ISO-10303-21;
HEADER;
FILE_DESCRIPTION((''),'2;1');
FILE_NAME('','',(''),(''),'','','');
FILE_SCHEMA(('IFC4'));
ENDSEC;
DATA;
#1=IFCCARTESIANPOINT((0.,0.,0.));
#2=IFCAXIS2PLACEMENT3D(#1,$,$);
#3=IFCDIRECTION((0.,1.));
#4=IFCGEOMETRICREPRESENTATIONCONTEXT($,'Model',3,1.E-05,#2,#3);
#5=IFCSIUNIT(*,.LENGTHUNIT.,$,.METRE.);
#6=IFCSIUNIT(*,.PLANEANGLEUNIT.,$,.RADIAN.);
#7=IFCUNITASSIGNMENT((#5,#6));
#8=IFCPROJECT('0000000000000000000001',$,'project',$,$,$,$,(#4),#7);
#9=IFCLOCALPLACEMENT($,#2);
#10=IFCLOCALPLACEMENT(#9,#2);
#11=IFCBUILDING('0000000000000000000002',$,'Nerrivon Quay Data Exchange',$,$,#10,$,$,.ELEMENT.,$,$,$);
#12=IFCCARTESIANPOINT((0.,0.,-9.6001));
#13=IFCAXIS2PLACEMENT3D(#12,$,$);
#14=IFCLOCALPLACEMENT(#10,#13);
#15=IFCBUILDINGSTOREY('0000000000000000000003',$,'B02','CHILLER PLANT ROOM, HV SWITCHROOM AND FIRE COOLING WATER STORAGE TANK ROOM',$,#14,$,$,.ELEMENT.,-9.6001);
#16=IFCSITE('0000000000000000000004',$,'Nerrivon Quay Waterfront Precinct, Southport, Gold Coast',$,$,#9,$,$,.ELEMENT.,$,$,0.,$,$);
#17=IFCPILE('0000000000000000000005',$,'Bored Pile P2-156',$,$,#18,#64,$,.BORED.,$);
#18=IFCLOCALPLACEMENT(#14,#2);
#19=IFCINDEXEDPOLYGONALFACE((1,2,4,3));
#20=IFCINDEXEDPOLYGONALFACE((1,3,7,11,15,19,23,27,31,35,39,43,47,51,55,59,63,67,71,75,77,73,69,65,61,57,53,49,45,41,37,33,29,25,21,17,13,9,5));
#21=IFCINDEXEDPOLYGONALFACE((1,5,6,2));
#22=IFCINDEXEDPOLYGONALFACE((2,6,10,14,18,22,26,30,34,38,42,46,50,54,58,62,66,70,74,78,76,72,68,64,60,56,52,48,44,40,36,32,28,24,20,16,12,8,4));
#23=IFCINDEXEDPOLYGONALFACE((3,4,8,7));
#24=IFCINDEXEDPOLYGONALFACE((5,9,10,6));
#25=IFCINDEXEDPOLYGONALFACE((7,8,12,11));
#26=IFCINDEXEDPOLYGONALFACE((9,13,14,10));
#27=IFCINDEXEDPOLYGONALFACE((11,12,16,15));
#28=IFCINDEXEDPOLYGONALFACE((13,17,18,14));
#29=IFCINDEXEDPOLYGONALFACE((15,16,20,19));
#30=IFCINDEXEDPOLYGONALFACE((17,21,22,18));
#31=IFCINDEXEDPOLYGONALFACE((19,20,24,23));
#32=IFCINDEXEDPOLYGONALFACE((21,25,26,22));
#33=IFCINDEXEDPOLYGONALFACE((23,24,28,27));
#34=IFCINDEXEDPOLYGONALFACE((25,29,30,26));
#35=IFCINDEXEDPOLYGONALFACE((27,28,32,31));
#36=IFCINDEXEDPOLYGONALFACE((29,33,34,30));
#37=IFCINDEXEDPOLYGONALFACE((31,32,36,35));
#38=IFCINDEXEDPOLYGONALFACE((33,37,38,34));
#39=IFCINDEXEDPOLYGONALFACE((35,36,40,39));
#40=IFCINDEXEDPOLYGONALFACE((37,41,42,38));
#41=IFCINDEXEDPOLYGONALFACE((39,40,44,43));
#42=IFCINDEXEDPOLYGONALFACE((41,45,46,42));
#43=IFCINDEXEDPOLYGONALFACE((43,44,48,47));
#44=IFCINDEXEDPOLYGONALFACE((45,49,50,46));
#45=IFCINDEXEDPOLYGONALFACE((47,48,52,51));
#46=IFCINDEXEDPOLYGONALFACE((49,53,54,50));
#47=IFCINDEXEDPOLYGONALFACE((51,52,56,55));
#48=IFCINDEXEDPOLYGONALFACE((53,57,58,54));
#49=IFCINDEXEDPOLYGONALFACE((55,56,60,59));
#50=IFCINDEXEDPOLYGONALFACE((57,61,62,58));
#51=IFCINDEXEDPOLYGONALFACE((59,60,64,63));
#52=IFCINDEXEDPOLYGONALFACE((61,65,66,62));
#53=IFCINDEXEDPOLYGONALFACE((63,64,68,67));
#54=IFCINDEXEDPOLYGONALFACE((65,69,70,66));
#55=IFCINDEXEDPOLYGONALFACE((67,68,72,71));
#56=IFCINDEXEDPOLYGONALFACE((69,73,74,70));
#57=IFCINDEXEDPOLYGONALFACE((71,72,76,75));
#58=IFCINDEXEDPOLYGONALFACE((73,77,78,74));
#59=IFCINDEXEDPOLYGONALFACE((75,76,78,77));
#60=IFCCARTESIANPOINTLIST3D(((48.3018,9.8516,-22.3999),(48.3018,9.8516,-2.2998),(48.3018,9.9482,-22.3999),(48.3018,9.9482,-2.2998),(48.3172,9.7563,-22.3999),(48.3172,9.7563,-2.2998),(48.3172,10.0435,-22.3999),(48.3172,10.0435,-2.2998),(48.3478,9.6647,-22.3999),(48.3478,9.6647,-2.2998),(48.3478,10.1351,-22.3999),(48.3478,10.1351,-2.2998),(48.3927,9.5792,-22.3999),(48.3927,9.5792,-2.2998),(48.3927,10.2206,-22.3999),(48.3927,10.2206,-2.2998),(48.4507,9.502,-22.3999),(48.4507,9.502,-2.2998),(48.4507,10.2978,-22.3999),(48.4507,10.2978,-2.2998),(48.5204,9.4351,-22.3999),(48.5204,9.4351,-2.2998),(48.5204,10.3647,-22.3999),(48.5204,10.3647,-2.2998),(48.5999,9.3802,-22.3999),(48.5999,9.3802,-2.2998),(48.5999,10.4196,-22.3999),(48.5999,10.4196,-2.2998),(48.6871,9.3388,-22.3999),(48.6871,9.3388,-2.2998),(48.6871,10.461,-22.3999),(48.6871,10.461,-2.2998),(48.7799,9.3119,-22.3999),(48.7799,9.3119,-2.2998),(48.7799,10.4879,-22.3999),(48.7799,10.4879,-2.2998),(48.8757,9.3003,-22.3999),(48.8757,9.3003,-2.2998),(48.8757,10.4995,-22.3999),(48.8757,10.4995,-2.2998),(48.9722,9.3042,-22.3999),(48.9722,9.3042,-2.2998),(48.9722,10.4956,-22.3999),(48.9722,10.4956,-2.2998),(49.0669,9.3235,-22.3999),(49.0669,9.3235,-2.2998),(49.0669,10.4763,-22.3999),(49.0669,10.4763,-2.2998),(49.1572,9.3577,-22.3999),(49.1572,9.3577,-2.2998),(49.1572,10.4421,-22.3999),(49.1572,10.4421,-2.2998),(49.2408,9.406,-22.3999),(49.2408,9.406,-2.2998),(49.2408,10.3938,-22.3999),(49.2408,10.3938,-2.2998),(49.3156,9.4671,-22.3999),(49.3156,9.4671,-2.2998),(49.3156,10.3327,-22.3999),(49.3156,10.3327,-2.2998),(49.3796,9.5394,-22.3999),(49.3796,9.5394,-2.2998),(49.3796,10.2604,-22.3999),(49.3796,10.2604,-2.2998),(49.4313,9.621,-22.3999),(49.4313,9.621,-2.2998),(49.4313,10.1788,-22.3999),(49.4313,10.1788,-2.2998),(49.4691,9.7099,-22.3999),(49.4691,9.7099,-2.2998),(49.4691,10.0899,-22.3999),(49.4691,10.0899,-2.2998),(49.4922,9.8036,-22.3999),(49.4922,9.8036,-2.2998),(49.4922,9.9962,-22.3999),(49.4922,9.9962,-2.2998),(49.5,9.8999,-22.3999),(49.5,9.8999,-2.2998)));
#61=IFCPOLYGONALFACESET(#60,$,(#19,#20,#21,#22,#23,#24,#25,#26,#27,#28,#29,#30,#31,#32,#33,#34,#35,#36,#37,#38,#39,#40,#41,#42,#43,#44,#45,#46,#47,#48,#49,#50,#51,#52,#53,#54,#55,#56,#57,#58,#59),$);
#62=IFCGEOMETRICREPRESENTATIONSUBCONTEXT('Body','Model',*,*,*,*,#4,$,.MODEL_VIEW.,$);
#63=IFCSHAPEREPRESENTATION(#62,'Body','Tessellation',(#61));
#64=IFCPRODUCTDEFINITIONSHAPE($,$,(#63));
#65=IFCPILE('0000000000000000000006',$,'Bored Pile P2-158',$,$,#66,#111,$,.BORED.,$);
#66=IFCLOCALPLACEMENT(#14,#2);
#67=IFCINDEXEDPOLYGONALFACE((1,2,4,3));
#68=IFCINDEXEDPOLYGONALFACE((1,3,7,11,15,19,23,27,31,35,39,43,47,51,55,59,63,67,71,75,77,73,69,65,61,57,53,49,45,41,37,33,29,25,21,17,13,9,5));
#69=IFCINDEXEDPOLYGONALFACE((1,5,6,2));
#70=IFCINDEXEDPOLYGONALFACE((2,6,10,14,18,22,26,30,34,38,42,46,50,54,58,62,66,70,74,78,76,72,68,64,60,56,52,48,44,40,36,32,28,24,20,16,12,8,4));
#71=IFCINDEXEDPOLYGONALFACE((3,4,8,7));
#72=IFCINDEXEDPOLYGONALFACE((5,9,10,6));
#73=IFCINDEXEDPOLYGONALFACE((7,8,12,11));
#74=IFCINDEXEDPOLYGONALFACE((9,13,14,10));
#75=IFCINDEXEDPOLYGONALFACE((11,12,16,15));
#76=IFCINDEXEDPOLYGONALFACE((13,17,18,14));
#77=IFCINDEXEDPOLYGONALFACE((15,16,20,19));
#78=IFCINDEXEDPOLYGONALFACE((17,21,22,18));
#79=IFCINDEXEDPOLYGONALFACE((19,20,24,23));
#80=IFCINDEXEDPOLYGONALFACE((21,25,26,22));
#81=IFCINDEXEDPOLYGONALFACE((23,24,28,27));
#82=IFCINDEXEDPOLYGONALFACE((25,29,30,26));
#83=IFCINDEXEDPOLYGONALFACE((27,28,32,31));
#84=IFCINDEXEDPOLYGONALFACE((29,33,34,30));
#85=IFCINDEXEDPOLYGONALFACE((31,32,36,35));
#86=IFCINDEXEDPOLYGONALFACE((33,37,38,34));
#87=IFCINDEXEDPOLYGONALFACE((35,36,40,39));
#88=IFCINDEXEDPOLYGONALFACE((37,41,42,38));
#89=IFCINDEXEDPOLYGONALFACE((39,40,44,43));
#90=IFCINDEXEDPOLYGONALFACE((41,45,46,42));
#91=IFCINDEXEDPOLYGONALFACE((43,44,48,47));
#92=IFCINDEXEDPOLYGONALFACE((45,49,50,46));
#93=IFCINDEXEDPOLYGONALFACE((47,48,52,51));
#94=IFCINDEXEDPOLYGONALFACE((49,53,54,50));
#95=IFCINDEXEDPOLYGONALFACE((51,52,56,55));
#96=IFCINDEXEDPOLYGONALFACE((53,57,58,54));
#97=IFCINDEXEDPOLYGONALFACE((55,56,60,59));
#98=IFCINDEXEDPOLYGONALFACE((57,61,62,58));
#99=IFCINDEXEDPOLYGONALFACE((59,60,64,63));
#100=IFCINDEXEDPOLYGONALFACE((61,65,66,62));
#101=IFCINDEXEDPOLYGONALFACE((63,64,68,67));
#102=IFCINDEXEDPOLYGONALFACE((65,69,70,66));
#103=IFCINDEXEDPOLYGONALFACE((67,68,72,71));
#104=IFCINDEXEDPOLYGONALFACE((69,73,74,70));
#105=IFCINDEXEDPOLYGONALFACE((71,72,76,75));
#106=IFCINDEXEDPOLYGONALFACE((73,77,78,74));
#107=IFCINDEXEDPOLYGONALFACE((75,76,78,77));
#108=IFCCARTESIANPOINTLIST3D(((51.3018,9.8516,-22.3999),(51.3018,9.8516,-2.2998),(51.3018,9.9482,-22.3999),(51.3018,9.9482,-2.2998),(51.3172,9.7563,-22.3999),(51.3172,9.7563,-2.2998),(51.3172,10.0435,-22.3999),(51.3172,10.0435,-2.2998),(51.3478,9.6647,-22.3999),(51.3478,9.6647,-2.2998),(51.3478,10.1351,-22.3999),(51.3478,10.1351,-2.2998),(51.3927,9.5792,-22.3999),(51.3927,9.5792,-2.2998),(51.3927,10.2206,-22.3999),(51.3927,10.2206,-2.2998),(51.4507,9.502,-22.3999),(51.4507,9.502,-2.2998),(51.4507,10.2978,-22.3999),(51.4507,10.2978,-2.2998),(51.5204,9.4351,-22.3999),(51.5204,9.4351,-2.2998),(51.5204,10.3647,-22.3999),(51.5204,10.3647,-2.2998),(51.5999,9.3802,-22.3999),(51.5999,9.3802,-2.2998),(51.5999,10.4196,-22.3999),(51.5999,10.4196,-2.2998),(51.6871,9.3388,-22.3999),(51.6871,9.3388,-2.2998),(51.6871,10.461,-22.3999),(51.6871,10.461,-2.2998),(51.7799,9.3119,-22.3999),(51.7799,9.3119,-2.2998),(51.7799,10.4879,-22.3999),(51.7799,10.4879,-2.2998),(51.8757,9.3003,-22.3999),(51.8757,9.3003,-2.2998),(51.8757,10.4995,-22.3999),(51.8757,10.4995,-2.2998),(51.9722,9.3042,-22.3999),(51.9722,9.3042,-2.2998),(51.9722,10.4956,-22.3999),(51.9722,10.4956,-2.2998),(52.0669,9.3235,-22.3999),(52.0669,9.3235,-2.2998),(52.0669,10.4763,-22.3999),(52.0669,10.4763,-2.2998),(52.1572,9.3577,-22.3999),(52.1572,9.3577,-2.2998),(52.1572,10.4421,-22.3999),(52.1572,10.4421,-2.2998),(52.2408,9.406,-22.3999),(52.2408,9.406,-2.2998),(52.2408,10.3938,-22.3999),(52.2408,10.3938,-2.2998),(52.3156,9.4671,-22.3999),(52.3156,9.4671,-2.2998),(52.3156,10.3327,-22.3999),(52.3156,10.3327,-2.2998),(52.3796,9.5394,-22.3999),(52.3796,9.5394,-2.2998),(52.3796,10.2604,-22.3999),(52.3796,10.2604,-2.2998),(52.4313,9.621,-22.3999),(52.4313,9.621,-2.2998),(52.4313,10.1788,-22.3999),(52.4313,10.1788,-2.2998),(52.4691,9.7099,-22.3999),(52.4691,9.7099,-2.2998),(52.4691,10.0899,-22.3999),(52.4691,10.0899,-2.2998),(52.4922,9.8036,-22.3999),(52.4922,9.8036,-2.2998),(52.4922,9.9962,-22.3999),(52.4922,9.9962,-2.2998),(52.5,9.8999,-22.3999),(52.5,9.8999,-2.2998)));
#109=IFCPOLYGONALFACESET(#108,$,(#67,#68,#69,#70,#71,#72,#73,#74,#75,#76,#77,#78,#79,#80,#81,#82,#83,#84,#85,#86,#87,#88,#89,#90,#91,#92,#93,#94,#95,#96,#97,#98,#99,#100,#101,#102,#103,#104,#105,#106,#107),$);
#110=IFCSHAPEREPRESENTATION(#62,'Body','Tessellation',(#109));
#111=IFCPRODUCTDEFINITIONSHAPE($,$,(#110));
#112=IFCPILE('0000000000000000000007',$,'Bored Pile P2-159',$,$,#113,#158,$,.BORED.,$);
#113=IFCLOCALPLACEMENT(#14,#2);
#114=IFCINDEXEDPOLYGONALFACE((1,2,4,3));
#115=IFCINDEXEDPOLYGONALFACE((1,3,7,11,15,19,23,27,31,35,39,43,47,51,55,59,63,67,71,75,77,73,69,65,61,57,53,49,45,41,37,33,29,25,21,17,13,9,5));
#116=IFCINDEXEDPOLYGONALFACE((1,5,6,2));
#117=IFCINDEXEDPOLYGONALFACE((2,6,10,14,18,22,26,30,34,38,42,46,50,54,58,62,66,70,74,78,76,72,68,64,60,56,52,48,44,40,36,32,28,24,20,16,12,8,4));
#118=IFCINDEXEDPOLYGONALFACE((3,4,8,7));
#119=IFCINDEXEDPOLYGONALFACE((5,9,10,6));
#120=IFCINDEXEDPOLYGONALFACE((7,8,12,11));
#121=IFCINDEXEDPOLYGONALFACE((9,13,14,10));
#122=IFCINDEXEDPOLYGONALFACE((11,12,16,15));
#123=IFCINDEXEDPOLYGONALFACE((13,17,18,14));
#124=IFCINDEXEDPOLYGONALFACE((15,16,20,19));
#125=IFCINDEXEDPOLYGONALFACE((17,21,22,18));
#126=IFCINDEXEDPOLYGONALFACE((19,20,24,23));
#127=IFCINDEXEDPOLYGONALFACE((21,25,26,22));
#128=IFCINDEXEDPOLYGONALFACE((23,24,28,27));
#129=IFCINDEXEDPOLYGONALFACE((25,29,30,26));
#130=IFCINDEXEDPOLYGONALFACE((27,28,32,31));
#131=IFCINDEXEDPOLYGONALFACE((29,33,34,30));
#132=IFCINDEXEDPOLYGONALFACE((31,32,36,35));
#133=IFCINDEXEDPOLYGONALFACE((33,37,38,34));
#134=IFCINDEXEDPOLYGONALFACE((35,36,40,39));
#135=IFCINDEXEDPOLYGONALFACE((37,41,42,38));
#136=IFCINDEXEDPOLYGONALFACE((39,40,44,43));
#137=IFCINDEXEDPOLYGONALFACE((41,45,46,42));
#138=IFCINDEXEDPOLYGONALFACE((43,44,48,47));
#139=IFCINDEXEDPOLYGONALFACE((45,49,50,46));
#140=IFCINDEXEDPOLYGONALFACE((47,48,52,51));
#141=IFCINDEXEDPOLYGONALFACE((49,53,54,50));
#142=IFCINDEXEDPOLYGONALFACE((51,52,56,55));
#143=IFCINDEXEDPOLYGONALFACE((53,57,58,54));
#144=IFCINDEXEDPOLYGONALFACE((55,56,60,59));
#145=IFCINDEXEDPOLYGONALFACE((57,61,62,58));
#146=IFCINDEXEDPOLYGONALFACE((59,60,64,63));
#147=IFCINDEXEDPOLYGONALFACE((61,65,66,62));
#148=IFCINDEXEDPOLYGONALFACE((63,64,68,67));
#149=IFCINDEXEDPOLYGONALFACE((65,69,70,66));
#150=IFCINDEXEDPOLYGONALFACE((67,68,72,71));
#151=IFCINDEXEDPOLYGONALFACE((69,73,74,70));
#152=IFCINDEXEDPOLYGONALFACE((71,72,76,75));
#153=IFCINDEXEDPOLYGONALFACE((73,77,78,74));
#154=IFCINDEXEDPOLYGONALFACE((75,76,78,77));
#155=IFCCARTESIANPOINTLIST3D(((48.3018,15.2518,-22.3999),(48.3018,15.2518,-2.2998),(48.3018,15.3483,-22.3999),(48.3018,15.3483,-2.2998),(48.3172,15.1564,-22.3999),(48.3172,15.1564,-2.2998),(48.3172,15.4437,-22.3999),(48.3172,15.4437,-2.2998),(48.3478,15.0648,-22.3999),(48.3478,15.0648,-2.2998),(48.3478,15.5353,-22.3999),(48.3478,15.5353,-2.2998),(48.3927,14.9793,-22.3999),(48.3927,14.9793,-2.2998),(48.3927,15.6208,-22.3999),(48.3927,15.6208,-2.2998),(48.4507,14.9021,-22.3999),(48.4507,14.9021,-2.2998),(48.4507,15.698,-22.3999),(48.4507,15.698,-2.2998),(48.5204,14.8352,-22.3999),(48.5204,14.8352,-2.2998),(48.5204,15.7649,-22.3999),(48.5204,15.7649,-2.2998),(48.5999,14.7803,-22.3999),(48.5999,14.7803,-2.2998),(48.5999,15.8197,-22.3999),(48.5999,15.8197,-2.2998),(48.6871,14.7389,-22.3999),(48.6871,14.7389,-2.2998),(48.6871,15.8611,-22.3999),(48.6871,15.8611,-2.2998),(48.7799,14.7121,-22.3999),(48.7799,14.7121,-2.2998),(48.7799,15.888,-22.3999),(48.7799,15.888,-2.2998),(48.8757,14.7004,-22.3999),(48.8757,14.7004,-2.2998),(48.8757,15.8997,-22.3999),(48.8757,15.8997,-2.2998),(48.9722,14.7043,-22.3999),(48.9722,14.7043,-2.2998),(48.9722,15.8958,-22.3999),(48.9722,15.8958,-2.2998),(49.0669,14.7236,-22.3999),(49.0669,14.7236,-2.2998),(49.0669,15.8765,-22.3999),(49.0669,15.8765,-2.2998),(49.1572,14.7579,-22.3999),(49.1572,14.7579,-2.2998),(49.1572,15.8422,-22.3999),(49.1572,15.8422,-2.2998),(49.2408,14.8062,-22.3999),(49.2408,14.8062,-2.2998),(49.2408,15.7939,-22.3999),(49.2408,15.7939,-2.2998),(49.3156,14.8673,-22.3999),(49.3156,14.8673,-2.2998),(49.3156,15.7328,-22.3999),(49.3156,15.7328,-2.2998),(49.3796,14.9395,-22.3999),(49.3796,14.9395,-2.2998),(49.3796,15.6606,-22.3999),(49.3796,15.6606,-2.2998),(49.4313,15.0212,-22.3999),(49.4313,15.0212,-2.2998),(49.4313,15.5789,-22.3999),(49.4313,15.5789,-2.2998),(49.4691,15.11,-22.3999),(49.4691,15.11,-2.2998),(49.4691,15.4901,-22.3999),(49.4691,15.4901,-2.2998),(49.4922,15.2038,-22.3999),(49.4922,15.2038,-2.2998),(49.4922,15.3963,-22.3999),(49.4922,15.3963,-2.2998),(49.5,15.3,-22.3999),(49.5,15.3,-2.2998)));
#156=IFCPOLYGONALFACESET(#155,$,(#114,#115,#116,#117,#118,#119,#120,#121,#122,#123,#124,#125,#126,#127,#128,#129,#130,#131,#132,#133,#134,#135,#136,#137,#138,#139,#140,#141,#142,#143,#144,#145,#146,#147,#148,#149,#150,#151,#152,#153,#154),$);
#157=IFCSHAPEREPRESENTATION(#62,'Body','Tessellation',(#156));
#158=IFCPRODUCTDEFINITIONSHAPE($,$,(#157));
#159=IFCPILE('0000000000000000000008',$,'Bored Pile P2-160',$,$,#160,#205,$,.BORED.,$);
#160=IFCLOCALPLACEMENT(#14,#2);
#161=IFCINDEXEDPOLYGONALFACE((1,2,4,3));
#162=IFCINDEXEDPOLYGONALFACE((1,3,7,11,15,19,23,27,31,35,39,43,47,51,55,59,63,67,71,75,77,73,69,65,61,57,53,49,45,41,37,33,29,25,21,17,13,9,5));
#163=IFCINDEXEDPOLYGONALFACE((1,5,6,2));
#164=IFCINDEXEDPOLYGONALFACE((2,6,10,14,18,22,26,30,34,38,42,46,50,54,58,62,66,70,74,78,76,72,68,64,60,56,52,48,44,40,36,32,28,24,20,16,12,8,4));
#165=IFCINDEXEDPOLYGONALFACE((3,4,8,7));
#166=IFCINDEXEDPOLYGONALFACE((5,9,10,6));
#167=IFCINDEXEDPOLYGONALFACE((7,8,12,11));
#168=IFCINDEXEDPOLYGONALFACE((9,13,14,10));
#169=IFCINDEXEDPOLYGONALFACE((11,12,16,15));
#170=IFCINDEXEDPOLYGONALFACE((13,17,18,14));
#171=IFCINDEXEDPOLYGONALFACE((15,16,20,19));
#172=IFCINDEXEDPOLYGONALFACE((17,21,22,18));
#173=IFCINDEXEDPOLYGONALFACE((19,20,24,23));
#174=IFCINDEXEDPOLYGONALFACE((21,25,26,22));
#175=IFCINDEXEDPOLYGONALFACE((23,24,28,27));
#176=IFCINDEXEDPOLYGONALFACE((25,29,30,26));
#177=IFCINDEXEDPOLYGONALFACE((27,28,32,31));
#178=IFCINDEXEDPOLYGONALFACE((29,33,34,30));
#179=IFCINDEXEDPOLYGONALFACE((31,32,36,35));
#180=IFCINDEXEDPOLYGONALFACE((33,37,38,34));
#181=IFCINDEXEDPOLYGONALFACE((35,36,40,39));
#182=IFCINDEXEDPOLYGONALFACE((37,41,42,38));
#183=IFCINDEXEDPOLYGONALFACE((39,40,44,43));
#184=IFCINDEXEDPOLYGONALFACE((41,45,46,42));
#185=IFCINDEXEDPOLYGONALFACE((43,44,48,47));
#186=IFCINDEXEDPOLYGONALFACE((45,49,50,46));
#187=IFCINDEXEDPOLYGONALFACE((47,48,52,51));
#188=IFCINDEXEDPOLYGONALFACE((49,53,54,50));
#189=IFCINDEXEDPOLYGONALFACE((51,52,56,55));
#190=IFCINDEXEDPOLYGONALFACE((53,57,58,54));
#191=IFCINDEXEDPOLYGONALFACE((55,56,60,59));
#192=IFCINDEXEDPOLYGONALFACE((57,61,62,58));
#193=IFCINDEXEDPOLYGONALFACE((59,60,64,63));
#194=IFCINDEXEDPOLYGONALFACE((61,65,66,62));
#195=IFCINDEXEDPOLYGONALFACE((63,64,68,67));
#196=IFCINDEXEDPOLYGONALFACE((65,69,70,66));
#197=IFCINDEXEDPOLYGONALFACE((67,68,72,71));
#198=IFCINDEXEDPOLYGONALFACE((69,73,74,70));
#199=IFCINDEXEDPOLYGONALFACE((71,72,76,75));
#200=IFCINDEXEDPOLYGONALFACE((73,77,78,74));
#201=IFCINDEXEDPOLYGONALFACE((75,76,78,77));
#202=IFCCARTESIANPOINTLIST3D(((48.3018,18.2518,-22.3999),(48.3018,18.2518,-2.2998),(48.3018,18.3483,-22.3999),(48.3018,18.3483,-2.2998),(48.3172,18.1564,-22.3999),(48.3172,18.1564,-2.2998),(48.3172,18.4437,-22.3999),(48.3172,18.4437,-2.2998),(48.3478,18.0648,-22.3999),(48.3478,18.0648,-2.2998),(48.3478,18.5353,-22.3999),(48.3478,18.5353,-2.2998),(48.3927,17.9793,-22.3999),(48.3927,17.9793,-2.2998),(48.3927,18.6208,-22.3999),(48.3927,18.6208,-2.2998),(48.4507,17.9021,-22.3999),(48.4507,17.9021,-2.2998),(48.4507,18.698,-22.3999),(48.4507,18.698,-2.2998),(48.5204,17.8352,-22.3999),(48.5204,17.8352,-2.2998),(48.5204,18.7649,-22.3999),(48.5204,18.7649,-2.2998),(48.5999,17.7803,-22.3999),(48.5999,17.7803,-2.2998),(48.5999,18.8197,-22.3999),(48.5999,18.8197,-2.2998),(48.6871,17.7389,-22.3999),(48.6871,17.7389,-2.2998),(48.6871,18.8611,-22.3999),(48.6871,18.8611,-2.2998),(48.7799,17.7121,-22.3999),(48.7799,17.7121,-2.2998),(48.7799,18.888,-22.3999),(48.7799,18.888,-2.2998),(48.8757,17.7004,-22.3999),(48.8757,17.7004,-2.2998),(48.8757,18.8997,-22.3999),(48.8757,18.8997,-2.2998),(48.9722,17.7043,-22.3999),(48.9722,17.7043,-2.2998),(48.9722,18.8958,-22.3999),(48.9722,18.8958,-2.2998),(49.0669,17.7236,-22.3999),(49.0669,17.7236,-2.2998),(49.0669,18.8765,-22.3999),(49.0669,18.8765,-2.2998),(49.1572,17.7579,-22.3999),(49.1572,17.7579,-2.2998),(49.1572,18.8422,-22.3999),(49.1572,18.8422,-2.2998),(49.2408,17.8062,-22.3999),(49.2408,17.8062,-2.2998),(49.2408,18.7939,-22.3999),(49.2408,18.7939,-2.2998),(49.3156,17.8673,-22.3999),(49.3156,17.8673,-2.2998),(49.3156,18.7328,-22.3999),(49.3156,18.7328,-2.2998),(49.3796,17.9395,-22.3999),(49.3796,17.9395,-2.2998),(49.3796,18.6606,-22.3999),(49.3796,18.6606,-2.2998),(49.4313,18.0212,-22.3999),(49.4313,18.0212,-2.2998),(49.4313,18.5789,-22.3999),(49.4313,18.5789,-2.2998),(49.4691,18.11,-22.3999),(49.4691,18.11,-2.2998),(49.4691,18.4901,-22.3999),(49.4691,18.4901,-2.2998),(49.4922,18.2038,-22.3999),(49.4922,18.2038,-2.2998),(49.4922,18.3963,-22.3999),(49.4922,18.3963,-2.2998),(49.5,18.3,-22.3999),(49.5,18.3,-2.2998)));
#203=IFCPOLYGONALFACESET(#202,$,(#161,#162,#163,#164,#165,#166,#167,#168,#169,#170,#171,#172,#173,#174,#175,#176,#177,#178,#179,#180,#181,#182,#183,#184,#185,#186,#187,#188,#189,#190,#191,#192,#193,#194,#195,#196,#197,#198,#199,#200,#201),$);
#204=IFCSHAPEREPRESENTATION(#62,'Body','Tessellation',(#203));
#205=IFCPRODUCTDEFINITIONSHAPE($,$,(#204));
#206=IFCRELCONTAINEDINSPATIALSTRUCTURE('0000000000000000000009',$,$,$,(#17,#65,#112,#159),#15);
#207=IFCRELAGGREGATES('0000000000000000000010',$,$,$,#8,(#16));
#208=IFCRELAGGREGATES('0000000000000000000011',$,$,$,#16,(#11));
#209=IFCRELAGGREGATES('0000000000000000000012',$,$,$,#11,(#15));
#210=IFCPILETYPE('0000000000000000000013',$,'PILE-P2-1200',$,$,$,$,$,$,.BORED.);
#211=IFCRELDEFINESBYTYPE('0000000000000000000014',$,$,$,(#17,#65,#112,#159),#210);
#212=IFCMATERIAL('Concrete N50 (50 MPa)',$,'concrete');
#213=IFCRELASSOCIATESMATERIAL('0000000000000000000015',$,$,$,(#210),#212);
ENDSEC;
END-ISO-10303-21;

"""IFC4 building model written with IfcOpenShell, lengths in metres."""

from ifc_helpers import new_model, si_unit, direction, frame, origin, origin_2d, place, context, subcontext, project, spatial, circle, extrude, material, material_profile, profile_set, type_object, element, save


model = new_model("IFC4")

# Units and contexts
model_context = context("Model", 3, precision=1e-05, world=origin(), true_north=direction((0.0, 1.0)))
body_context = subcontext(model_context, "Body", "Model", "MODEL_VIEW")
ifc_project = project(units=[si_unit("LENGTHUNIT", "METRE"), si_unit("PLANEANGLEUNIT", "RADIAN")], contexts=[model_context])

# Site, building, storey
site_placement = place(None, origin())
site = spatial("IfcSite", under=ifc_project, at=site_placement, Name="Nerrivon Quay Waterfront Precinct, Southport, Gold Coast", CompositionType="ELEMENT", RefElevation=0.0)
building_placement = place(site_placement, origin())
building = spatial("IfcBuilding", under=site, at=building_placement, Name="Nerrivon Quay Data Exchange", CompositionType="ELEMENT")
storey_placement = place(building_placement, frame((0.0, 0.0, -9.6001)))
storey = spatial("IfcBuildingStorey", under=building, at=storey_placement, Name="B02", Description="CHILLER PLANT ROOM, HV SWITCHROOM AND FIRE COOLING WATER STORAGE TANK ROOM", CompositionType="ELEMENT", Elevation=-9.6001)

# Piles
ifc_material_1 = material(Name="Concrete N50 (50 MPa)", Category="concrete")
ifc_material_profile_1 = material_profile(ifc_material_1, circle(Radius=0.6001, at=origin_2d()), Name="PILE-1200")
ifc_profile_set_1 = profile_set([ifc_material_profile_1], Name="Concrete N50 (50 MPa)")
pile_type = type_object("IfcPileType", Name="PILE-P2-1200", PredefinedType="BORED", material=ifc_profile_set_1)
for number, where, z_axis, x_axis, name in (
    (1, (48.8999, 9.8999, -2.2998), (0.0, 0.0, -1.0), (1.0, 0.0, 0.0), "Bored Pile P2-156"),
    (2, (51.8999, 9.8999, -2.2998), (0.0, 0.0, -1.0), (1.0, 0.0, 0.0), "Bored Pile P2-158"),
    (3, (48.8999, 15.3, -2.2998), (0.0, 0.0, -1.0), (1.0, 0.0, 0.0), "Bored Pile P2-159"),
    (4, (48.8999, 18.3, -2.2998), (0.0, 0.0, -1.0), (1.0, 0.0, 0.0), "Bored Pile P2-160"),
):
    element("IfcPile", number, at=place(storey_placement, frame(where, z_axis=z_axis, x_axis=x_axis)), inside=storey, type_object=pile_type, Name=name, PredefinedType="BORED", context=body_context, shape_type="SweptSolid", body=[
        extrude(circle(Radius=0.6001, at=origin_2d()), origin(), (0.0, 0.0, 1.0), 20.1001),
    ])

save(model, "model.ifc")
